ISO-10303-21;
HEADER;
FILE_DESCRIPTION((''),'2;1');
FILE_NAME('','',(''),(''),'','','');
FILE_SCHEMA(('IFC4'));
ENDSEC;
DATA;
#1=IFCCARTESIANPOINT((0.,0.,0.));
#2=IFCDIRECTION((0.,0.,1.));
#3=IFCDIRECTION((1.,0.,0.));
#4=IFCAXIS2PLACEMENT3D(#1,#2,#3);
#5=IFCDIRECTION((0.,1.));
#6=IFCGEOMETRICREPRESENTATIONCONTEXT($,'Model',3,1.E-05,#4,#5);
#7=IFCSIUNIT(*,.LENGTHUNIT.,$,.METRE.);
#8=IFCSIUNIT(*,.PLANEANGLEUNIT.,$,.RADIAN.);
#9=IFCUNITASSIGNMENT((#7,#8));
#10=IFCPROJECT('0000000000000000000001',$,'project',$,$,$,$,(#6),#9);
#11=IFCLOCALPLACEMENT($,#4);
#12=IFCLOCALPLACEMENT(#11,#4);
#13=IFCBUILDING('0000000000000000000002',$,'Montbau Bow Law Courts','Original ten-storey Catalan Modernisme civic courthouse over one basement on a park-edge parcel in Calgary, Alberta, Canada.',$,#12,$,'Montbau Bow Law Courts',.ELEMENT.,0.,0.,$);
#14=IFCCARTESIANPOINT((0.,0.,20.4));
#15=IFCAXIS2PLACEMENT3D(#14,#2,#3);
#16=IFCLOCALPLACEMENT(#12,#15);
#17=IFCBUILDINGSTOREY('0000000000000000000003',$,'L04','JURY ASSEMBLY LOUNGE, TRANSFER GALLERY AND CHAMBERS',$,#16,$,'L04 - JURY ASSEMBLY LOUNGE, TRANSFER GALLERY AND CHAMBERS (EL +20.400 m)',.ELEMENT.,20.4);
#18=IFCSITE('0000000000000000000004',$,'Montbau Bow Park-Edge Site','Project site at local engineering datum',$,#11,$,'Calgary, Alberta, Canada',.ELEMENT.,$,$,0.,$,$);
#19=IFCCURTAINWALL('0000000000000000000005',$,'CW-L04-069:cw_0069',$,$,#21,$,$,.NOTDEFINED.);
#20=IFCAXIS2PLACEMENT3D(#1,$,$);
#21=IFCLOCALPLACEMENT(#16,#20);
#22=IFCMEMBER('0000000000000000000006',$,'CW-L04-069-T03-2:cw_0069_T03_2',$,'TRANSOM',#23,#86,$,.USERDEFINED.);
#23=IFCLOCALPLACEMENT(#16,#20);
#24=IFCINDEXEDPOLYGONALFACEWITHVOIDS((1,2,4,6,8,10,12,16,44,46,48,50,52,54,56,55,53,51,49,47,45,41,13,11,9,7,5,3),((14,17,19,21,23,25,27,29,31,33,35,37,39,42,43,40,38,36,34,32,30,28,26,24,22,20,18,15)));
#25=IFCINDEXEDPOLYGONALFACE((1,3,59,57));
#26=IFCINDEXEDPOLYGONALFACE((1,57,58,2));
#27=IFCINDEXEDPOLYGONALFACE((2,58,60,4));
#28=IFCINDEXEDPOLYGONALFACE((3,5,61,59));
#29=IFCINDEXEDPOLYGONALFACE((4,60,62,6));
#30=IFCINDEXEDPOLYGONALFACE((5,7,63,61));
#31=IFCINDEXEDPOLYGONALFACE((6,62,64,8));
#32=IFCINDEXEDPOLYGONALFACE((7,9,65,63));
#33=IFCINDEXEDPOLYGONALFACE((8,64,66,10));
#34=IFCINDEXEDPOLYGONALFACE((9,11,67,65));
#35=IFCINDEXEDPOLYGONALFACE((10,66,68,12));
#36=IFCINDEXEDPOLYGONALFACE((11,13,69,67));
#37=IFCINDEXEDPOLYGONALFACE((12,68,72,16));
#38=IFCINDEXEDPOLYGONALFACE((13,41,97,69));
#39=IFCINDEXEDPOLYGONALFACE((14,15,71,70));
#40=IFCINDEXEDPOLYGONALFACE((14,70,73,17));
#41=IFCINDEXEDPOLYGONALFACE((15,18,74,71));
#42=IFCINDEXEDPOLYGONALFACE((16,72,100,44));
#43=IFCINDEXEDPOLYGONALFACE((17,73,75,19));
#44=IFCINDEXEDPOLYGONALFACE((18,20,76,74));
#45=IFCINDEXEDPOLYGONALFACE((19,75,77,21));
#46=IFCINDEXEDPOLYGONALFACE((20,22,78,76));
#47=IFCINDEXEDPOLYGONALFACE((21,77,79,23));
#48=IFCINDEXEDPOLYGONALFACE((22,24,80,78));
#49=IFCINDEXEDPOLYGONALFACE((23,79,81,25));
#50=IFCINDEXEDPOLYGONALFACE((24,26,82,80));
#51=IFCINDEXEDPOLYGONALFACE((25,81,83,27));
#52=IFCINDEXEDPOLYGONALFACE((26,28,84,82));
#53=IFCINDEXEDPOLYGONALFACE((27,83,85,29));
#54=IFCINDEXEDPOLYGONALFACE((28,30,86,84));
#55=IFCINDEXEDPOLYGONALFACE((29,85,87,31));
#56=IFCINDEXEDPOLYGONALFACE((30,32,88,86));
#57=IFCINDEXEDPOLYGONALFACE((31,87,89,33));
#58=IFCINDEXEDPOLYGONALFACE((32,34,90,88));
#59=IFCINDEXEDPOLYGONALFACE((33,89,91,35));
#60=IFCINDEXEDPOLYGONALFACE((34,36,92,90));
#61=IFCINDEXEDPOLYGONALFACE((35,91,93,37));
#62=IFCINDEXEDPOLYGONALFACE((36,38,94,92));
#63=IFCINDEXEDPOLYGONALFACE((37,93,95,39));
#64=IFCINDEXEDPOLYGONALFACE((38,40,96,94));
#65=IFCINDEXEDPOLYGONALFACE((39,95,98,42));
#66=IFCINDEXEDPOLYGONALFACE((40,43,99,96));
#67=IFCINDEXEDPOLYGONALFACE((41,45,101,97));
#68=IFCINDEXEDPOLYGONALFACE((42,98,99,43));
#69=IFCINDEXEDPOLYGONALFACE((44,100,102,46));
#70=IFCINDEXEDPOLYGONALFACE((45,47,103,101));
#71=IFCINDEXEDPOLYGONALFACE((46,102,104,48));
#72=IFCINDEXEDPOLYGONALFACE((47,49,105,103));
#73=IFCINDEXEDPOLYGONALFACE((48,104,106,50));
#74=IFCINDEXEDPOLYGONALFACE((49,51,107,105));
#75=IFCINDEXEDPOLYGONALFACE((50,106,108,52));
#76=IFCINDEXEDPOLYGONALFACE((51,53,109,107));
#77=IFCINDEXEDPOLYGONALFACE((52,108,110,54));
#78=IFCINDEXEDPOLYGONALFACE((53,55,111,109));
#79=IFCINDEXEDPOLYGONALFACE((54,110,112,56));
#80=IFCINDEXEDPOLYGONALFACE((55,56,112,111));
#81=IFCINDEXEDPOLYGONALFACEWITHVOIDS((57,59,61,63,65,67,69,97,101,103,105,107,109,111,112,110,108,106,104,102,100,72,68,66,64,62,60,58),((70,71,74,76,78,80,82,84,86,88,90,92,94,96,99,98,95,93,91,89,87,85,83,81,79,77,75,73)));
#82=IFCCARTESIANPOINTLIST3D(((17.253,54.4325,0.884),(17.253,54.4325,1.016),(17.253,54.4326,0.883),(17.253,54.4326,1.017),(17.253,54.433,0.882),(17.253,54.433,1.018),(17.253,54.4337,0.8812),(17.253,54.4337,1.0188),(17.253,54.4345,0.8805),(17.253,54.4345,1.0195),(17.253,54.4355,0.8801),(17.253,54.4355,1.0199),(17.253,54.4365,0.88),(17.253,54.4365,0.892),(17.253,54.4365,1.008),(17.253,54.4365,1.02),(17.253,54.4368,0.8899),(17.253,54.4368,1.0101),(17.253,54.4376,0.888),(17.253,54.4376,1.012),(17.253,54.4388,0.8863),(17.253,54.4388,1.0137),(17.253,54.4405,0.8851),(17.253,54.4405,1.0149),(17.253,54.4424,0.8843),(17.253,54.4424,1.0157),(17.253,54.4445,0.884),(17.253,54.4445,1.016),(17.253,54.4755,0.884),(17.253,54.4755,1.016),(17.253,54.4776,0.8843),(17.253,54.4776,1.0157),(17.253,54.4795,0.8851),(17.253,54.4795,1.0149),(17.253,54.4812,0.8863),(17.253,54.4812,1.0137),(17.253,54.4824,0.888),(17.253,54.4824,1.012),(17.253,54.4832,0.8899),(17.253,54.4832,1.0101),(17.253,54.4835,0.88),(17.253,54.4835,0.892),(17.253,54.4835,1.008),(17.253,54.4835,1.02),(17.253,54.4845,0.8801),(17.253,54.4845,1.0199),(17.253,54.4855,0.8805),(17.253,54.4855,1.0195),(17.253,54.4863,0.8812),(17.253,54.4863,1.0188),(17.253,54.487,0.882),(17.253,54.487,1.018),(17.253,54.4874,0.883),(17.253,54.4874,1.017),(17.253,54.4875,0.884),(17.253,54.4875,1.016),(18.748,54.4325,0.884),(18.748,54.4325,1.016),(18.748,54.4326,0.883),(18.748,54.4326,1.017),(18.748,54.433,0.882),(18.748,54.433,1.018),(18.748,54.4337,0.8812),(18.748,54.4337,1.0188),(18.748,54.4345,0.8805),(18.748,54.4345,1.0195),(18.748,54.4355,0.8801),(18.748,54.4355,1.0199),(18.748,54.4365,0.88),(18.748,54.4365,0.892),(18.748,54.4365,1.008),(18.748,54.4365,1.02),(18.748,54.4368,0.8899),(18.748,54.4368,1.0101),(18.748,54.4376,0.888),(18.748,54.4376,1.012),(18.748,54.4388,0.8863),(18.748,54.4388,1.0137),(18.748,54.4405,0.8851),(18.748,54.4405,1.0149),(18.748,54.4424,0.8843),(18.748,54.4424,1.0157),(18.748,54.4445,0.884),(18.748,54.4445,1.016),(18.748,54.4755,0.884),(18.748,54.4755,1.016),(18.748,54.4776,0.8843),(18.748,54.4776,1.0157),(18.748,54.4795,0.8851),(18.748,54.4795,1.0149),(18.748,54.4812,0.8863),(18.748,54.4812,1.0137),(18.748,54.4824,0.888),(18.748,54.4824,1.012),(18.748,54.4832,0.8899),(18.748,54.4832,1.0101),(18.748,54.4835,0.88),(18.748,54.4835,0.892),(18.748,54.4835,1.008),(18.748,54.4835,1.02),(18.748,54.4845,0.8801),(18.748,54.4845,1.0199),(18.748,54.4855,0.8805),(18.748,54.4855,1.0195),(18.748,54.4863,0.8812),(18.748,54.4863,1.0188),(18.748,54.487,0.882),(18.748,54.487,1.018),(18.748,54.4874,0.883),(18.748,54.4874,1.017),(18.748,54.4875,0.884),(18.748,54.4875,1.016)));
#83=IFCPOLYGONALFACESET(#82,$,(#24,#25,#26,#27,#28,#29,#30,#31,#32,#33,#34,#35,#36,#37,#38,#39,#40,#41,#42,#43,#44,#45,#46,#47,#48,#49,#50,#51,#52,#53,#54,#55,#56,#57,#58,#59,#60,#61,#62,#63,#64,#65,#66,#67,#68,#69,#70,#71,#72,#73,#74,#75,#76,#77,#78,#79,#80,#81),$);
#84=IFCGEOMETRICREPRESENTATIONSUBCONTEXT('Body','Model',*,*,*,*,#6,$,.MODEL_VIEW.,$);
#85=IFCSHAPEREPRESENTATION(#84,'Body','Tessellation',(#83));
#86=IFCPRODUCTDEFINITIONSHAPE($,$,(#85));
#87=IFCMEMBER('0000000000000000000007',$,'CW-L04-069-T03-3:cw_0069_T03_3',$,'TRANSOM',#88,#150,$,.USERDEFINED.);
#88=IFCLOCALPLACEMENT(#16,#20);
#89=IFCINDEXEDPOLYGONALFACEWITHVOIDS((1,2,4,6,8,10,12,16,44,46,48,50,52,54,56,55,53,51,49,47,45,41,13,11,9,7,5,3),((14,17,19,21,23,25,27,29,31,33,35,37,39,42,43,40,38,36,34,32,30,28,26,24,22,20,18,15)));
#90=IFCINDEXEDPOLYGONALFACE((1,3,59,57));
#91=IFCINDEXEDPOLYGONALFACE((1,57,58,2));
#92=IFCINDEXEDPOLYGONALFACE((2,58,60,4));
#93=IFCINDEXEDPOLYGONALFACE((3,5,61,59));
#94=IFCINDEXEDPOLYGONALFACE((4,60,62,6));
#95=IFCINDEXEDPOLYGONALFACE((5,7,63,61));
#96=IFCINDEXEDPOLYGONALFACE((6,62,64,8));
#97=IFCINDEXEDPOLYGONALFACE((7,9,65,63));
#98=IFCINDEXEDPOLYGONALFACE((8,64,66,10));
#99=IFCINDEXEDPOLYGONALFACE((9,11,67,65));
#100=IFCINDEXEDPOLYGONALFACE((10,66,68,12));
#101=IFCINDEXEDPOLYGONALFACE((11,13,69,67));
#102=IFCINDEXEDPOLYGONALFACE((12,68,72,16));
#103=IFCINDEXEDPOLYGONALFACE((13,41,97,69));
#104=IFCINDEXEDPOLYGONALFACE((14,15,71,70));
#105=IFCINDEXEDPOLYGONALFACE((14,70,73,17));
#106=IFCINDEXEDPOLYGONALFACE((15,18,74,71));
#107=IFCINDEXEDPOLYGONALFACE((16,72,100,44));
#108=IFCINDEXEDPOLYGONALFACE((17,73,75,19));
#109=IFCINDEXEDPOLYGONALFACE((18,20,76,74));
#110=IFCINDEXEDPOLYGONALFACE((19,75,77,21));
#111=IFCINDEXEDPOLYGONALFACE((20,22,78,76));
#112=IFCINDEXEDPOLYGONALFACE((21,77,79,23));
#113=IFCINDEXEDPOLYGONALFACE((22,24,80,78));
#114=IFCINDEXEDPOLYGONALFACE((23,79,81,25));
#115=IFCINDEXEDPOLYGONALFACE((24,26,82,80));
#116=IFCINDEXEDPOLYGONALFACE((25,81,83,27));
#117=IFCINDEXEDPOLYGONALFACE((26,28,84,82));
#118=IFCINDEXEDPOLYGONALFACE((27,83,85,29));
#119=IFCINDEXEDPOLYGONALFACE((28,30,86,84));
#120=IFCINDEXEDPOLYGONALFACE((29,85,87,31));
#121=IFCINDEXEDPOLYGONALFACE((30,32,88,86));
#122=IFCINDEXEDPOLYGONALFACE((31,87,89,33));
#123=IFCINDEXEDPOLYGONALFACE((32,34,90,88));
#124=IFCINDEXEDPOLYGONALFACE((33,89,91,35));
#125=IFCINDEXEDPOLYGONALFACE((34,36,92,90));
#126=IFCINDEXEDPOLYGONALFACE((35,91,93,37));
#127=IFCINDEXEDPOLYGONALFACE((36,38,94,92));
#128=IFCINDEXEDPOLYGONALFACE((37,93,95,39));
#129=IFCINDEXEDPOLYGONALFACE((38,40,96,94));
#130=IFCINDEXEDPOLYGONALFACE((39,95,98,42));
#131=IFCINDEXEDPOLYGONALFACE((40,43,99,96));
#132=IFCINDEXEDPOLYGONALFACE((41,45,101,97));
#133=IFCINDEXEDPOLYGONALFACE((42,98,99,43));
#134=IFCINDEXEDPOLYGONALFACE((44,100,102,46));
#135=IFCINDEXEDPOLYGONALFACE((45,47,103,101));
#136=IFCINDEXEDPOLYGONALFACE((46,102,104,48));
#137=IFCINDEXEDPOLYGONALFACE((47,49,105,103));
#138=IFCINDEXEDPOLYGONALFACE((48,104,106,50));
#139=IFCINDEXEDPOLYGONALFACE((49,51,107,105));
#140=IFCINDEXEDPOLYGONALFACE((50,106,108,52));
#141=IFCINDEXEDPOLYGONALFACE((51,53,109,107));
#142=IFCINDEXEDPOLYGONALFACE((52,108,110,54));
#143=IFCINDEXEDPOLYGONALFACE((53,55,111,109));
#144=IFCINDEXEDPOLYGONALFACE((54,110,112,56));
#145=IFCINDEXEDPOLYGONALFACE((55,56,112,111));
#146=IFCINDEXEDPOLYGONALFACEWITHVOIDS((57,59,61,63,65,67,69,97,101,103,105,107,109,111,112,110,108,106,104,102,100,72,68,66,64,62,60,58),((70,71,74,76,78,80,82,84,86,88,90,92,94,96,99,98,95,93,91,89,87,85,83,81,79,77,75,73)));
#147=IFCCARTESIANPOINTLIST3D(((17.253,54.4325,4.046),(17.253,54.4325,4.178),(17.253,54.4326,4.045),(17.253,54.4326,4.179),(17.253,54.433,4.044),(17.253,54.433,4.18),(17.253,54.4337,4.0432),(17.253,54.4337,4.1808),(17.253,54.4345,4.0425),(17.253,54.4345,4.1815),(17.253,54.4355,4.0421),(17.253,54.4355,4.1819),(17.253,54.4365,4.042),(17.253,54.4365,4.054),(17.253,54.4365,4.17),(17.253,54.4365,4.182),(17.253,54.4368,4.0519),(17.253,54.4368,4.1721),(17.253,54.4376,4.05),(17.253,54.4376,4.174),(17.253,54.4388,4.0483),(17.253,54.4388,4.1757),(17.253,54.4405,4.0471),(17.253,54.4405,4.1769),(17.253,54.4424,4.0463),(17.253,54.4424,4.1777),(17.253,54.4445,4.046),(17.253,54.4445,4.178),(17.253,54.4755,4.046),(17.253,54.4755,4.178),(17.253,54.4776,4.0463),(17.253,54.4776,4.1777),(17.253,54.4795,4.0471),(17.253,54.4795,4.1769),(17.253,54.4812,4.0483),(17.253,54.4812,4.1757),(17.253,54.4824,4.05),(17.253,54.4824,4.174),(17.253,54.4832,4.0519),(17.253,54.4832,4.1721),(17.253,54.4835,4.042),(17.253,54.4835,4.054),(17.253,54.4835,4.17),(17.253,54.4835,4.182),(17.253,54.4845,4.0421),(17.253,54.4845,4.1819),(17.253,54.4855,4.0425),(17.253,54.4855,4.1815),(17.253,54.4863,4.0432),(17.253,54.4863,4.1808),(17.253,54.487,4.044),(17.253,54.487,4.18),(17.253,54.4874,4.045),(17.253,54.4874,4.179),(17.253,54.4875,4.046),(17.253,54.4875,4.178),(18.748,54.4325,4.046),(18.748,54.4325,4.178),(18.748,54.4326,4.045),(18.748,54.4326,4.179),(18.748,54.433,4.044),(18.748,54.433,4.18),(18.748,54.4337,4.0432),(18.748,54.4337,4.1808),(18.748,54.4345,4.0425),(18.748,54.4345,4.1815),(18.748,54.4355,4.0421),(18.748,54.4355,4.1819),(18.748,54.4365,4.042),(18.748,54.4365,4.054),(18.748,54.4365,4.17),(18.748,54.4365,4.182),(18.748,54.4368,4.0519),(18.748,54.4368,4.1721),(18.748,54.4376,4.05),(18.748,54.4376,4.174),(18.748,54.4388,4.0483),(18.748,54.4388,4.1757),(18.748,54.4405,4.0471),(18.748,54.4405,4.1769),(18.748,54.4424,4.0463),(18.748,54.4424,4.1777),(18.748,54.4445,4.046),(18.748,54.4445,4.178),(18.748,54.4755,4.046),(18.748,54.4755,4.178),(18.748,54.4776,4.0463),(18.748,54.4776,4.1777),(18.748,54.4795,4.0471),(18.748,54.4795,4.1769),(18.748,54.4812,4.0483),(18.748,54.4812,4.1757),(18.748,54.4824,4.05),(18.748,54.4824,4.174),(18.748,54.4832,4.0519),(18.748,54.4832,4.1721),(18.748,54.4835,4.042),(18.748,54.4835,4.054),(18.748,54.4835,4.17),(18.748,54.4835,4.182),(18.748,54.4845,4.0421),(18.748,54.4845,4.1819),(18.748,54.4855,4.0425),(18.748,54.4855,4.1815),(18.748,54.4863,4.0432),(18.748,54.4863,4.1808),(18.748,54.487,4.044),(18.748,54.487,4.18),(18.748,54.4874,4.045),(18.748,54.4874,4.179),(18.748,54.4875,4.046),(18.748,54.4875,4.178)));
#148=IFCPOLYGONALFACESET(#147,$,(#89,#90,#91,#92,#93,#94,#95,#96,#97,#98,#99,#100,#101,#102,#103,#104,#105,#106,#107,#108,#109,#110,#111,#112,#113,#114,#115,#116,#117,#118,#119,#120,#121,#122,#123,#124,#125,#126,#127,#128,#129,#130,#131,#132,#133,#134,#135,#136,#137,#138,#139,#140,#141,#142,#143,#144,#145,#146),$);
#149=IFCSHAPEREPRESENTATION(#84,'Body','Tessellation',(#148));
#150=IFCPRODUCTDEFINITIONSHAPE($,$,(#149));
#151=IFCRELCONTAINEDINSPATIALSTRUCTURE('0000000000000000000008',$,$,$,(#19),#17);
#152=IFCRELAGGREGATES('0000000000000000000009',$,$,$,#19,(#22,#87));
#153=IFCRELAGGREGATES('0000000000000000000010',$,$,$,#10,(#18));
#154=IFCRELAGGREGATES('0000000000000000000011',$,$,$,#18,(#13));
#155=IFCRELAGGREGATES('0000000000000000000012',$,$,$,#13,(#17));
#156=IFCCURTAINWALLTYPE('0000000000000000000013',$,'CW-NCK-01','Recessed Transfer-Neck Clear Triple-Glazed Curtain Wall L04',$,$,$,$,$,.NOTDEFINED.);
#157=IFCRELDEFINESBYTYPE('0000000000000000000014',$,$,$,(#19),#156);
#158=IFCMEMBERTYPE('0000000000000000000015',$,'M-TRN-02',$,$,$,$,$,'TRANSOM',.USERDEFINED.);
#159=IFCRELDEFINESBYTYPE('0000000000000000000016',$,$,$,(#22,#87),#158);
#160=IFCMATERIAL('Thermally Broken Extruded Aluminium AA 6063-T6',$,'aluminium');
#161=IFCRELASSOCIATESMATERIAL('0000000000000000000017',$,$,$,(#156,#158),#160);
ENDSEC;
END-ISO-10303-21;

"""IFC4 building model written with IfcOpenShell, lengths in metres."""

from ifc_helpers import new_model, si_unit, direction, frame, origin_with_axes, origin_2d_with_axis, place, context, subcontext, project, spatial, hollow_rectangle, extrude, material, material_profile, profile_set, type_object, element, aggregate, save


model = new_model("IFC4")

# Units and contexts
model_context = context("Model", 3, precision=1e-05, world=origin_with_axes(), true_north=direction((0.0, 1.0)))
body_context = subcontext(model_context, "Body", "Model", "MODEL_VIEW")
ifc_project = project(units=[si_unit("LENGTHUNIT", "METRE"), si_unit("PLANEANGLEUNIT", "RADIAN")], contexts=[model_context])

# Site, building, storey
site_placement = place(None, origin_with_axes())
site = spatial("IfcSite", under=ifc_project, at=site_placement, Name="Montbau Bow Park-Edge Site", Description="Project site at local engineering datum", LongName="Calgary, Alberta, Canada", CompositionType="ELEMENT", RefElevation=0.0)
building_placement = place(site_placement, origin_with_axes())
building = spatial("IfcBuilding", under=site, at=building_placement, Name="Montbau Bow Law Courts", Description="Original ten-storey Catalan Modernisme civic courthouse over one basement on a park-edge parcel in Calgary, Alberta, Canada.", LongName="Montbau Bow Law Courts", CompositionType="ELEMENT", ElevationOfRefHeight=0.0, ElevationOfTerrain=0.0)
storey_placement = place(building_placement, frame((0.0, 0.0, 20.4), z_axis=(0.0, 0.0, 1.0), x_axis=(1.0, 0.0, 0.0)))
storey = spatial("IfcBuildingStorey", under=building, at=storey_placement, Name="L04", Description="JURY ASSEMBLY LOUNGE, TRANSFER GALLERY AND CHAMBERS", LongName="L04 - JURY ASSEMBLY LOUNGE, TRANSFER GALLERY AND CHAMBERS (EL +20.400 m)", CompositionType="ELEMENT", Elevation=20.4)

# Curtain wall
ifc_material_1 = material(Name="Thermally Broken Extruded Aluminium AA 6063-T6", Category="aluminium")
curtain_wall_type = type_object("IfcCurtainWallType", Name="CW-NCK-01", Description="Recessed Transfer-Neck Clear Triple-Glazed Curtain Wall L04", PredefinedType="NOTDEFINED", material=ifc_material_1)
curtain_wall_1_placement = place(None, frame((14.068, 54.46, 20.4), z_axis=(0.0, 0.0, 1.0), x_axis=(1.0, 0.0, 0.0)))
curtain_wall_1 = element("IfcCurtainWall", 1, at=curtain_wall_1_placement, inside=storey, type_object=curtain_wall_type, Name="CW-L04-069:cw_0069", PredefinedType="NOTDEFINED")

# Members
ifc_material_profile_1 = material_profile(ifc_material_1, hollow_rectangle(XDim=0.055, YDim=0.14, WallThickness=0.004, InnerFilletRadius=0.008, OuterFilletRadius=0.004, at=origin_2d_with_axis()), Name="CWT-140X55", Category="Main", Priority=0)
ifc_profile_set_1 = profile_set([ifc_material_profile_1], Name="Thermally Broken Extruded Aluminium AA 6063-T6")
member_type_1 = type_object("IfcMemberType", Name="M-TRN-02", ElementType="TRANSOM", PredefinedType="USERDEFINED", material=ifc_profile_set_1)
member_1_placement = place(None, frame((17.253, 54.46, 21.35), z_axis=(1.0, 0.0, 0.0), x_axis=(0.0, 1.0, 0.0)))
member_1 = element("IfcMember", 2, at=member_1_placement, type_object=member_type_1, Name="CW-L04-069-T03-2:cw_0069_T03_2", ObjectType="TRANSOM", PredefinedType="USERDEFINED", context=body_context, shape_type="SweptSolid", body=[
    extrude(hollow_rectangle(XDim=0.055, YDim=0.14, WallThickness=0.004, InnerFilletRadius=0.008, OuterFilletRadius=0.004, at=origin_2d_with_axis()), origin_with_axes(), (0.0, 0.0, 1.0), 1.495),
])
member_2_placement = place(None, frame((17.253, 54.46, 24.512), z_axis=(1.0, 0.0, 0.0), x_axis=(0.0, 1.0, 0.0)))
member_2 = element("IfcMember", 3, at=member_2_placement, type_object=member_type_1, Name="CW-L04-069-T03-3:cw_0069_T03_3", ObjectType="TRANSOM", PredefinedType="USERDEFINED", context=body_context, shape_type="SweptSolid", body=[
    extrude(hollow_rectangle(XDim=0.055, YDim=0.14, WallThickness=0.004, InnerFilletRadius=0.008, OuterFilletRadius=0.004, at=origin_2d_with_axis()), origin_with_axes(), (0.0, 0.0, 1.0), 1.495),
])

aggregate(curtain_wall_1, [member_1, member_2])

save(model, "model.ifc")
